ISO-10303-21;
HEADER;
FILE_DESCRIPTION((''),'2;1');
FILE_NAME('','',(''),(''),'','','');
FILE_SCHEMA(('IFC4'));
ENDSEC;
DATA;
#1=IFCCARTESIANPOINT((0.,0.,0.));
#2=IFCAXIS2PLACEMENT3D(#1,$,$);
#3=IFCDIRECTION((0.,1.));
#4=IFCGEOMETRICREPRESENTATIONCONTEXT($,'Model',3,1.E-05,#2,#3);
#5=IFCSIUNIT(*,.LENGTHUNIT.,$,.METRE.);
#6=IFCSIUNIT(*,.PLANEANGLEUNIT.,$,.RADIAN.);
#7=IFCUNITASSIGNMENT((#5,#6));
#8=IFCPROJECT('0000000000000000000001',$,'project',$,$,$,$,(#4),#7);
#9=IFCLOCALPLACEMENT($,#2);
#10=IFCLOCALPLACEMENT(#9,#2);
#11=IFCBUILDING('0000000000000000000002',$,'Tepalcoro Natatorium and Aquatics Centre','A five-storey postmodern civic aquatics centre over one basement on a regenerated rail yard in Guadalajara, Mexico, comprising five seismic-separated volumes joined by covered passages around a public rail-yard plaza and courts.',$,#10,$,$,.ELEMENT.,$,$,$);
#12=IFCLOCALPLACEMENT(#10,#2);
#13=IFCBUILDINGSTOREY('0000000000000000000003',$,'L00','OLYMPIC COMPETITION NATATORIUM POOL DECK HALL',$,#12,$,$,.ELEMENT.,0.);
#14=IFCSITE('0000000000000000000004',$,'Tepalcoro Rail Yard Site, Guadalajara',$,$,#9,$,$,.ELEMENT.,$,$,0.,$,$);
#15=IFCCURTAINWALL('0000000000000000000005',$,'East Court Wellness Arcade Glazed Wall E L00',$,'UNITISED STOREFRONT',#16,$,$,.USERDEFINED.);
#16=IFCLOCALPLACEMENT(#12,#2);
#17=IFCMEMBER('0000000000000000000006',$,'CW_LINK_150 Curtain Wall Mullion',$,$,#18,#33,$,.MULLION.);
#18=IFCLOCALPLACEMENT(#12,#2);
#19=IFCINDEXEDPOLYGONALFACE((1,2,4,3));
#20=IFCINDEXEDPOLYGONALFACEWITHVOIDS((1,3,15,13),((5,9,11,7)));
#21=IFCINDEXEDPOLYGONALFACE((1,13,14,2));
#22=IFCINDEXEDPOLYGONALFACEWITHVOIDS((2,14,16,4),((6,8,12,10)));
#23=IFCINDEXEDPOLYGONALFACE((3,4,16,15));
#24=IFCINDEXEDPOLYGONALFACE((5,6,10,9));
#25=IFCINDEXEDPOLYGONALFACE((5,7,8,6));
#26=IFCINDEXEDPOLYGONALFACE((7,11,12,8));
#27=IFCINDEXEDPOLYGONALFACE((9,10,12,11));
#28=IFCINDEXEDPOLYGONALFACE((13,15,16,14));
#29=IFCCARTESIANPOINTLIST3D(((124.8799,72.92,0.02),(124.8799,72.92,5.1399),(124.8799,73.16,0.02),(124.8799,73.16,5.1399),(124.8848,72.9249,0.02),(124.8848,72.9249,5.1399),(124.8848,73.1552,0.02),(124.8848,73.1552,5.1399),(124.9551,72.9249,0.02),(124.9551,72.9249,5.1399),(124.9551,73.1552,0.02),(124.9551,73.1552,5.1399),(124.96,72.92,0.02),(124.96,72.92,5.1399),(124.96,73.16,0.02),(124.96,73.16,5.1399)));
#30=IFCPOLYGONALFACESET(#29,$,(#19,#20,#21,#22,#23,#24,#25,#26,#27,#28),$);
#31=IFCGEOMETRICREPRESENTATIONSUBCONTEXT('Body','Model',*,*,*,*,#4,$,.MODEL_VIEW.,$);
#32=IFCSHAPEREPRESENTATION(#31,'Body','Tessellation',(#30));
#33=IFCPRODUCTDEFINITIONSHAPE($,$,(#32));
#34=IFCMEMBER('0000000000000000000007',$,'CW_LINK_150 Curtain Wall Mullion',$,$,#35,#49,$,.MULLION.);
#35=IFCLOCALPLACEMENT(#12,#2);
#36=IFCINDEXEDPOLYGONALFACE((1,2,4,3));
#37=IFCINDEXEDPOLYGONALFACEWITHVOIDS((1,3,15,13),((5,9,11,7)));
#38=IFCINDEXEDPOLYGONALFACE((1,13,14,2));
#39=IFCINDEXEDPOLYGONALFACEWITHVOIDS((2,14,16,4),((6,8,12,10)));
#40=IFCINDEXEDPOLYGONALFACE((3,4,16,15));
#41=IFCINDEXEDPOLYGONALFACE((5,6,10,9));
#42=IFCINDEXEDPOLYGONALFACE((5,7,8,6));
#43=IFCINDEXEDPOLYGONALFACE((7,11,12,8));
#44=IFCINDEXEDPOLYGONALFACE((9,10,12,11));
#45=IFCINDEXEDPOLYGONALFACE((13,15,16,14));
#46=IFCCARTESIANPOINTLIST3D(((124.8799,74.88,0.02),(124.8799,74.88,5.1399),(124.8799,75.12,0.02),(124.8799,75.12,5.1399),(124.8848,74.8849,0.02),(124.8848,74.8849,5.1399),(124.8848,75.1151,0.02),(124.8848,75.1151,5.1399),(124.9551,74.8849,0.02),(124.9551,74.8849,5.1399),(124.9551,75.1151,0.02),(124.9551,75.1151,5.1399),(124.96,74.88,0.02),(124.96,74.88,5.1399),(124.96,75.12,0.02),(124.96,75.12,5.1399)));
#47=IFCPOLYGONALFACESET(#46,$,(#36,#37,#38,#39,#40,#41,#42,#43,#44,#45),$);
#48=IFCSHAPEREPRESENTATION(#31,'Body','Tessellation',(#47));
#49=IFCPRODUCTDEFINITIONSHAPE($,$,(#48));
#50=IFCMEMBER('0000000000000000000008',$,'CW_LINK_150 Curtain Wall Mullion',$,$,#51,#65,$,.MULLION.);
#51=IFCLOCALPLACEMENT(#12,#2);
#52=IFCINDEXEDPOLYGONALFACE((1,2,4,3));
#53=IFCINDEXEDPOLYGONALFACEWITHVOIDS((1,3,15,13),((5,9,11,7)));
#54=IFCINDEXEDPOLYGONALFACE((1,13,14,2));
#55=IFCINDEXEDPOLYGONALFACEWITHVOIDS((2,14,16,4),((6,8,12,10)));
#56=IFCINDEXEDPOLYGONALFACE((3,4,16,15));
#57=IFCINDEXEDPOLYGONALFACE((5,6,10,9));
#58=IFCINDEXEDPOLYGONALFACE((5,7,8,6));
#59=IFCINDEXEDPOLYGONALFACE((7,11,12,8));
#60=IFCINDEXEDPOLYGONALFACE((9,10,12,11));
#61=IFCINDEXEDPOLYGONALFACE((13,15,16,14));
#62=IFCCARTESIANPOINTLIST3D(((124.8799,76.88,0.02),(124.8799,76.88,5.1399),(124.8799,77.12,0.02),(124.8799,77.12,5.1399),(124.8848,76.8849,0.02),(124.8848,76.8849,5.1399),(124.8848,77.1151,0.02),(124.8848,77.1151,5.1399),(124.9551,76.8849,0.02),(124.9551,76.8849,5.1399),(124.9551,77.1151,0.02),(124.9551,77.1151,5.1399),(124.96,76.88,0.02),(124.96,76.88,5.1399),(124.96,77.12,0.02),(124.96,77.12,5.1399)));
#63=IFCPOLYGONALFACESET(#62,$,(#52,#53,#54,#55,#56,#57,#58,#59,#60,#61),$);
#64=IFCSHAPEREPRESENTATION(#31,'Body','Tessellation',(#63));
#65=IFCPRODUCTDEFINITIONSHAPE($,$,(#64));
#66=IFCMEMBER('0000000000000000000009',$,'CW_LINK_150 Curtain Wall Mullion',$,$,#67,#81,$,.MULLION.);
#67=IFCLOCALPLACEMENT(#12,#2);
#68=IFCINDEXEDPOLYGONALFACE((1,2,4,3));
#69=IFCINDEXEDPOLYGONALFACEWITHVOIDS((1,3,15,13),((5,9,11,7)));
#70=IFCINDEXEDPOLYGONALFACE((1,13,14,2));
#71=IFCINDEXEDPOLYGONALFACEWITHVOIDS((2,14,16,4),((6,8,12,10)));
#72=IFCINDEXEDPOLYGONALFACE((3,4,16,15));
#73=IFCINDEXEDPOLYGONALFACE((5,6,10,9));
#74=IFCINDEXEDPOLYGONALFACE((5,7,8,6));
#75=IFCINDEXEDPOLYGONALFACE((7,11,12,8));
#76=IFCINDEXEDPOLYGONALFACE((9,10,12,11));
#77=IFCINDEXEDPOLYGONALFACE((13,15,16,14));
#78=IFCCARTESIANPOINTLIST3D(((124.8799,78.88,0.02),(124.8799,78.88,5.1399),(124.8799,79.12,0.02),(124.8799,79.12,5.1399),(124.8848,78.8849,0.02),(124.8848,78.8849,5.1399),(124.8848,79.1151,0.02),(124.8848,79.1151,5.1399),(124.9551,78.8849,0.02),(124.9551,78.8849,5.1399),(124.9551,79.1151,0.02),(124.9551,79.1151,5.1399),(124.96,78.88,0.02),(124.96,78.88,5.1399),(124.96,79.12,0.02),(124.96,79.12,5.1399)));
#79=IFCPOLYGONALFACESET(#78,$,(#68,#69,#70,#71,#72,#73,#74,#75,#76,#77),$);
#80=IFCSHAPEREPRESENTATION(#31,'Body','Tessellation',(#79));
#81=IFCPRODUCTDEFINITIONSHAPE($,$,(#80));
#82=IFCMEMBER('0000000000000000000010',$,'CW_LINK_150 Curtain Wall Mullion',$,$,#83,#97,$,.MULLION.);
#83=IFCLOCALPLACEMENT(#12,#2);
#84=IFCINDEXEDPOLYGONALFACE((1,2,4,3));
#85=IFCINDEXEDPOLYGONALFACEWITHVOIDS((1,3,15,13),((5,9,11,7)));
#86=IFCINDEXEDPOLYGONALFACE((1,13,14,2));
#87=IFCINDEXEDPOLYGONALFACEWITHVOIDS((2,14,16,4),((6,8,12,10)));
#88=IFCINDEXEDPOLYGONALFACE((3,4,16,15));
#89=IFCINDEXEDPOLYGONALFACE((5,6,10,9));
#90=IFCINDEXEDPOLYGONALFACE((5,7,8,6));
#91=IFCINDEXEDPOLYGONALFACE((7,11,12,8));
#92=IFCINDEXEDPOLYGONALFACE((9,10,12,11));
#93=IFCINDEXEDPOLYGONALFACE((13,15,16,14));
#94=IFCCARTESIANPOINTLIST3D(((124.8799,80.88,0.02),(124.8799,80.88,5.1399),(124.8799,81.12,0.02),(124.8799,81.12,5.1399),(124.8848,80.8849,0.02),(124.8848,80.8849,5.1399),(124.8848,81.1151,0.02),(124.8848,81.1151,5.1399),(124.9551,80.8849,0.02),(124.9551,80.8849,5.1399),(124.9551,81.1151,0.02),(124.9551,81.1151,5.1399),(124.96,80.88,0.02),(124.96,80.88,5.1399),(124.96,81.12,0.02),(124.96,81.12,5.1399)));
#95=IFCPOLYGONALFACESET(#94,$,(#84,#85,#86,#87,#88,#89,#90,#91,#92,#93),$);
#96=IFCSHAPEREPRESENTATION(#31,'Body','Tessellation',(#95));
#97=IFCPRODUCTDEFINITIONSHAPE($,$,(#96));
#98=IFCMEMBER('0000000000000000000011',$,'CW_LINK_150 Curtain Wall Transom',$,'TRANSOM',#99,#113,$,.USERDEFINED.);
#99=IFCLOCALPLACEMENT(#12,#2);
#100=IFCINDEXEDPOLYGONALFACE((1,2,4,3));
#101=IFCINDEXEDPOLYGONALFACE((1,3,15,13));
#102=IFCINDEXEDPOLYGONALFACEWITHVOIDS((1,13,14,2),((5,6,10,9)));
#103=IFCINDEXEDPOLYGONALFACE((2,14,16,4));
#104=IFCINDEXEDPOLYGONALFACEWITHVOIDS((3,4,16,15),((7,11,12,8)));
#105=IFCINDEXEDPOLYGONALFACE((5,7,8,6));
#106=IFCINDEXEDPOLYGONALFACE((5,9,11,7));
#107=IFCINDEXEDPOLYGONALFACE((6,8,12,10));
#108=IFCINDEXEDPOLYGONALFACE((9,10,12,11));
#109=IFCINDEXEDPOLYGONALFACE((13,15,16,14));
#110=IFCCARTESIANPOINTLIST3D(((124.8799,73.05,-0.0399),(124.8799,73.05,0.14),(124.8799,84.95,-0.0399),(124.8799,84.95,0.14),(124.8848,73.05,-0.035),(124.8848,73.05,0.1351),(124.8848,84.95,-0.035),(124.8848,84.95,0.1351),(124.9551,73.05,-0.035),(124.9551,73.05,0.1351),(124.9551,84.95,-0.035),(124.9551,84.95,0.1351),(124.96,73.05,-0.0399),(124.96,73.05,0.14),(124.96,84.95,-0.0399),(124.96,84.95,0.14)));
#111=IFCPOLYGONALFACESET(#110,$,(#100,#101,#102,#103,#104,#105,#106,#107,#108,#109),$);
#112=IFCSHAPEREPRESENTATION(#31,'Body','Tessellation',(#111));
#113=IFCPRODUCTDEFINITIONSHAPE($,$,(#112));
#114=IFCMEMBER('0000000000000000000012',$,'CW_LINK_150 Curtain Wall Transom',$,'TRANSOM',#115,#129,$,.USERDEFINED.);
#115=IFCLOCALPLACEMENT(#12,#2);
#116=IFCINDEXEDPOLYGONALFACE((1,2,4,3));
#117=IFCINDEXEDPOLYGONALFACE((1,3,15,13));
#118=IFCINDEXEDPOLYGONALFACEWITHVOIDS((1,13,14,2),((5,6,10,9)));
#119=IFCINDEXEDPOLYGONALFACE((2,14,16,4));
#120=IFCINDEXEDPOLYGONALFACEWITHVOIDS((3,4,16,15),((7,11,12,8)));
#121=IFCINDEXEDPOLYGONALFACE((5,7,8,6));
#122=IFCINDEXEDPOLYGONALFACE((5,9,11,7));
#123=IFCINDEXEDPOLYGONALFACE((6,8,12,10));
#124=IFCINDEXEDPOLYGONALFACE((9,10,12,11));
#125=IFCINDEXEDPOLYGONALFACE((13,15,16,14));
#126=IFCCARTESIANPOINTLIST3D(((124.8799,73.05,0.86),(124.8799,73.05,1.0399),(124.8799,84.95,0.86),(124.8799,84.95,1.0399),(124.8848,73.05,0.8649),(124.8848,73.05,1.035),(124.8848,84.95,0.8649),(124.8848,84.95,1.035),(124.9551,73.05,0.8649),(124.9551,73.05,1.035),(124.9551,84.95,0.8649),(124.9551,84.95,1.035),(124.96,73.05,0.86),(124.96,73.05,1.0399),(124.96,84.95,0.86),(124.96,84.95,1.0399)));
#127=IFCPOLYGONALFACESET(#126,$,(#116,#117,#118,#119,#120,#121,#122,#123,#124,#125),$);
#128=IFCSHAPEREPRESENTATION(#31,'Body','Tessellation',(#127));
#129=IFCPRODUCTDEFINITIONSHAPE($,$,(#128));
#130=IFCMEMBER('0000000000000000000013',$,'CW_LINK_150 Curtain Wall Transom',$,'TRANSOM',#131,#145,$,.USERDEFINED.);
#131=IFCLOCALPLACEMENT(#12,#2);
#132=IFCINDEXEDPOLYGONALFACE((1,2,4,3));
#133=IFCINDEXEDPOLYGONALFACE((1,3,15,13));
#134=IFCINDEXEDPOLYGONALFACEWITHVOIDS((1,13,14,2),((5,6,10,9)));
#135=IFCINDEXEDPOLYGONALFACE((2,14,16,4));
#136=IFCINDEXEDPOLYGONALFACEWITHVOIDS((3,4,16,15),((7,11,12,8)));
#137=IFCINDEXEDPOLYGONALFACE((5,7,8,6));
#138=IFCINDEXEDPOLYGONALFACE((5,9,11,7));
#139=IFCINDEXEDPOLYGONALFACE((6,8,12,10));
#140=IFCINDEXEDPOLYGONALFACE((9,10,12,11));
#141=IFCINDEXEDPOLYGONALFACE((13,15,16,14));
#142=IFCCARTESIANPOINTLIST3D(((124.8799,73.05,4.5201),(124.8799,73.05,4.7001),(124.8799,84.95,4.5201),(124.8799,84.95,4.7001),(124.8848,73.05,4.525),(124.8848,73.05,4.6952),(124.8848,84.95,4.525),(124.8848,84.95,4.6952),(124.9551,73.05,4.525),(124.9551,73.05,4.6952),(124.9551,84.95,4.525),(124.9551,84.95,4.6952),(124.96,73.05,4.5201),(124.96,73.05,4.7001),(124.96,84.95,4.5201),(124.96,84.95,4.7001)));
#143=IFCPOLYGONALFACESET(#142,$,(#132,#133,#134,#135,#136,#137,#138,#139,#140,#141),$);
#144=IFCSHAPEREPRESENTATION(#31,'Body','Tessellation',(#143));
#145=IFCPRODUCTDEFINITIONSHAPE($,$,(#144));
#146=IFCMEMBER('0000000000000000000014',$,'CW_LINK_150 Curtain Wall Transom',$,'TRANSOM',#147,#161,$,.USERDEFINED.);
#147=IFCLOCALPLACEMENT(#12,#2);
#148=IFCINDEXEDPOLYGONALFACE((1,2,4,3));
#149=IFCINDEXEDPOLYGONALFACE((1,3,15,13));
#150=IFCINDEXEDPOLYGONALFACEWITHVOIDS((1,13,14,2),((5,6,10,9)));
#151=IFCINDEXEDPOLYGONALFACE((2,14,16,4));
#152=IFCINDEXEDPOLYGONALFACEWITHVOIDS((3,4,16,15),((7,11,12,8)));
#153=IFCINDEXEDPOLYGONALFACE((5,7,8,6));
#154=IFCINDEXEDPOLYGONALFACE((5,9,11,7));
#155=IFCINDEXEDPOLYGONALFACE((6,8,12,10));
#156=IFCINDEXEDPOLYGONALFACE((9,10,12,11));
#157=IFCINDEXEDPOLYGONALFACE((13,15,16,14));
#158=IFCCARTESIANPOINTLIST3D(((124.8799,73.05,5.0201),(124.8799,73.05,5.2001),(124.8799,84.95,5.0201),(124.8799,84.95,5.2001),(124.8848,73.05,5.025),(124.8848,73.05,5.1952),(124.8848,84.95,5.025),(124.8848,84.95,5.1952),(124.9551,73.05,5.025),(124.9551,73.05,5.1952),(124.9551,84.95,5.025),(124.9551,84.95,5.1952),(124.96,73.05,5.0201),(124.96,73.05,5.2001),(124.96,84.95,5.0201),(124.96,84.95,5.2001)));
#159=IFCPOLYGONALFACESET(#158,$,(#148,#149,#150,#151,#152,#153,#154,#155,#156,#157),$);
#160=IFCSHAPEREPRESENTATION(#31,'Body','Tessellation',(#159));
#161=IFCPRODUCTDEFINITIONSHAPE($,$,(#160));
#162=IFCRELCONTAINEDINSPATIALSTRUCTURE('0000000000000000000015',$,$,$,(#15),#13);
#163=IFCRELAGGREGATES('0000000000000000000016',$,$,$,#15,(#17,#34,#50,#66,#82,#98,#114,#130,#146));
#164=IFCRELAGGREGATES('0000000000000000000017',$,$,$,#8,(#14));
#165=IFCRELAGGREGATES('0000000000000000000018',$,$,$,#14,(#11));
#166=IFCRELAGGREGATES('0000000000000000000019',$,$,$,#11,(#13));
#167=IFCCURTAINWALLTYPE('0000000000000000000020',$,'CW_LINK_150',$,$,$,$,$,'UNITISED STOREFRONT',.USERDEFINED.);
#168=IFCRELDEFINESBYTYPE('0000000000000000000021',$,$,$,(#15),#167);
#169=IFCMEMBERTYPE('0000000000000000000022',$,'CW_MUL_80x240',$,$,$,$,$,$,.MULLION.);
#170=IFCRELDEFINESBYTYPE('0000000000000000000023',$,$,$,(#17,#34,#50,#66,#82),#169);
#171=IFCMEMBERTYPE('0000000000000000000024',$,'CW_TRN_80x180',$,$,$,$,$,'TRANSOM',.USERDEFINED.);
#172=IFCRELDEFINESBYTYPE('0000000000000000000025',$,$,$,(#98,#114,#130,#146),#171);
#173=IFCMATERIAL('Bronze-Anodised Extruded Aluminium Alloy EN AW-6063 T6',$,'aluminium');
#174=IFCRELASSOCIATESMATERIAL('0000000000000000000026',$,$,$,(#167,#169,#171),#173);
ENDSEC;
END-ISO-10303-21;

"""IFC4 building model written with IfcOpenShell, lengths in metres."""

from ifc_helpers import new_model, si_unit, direction, frame, origin, origin_2d, place, context, subcontext, project, spatial, hollow_rectangle, extrude, material, material_profile, profile_set, type_object, element, aggregate, save


model = new_model("IFC4")

# Units and contexts
model_context = context("Model", 3, precision=1e-05, world=origin(), true_north=direction((0.0, 1.0)))
body_context = subcontext(model_context, "Body", "Model", "MODEL_VIEW")
ifc_project = project(units=[si_unit("LENGTHUNIT", "METRE"), si_unit("PLANEANGLEUNIT", "RADIAN")], contexts=[model_context])

# Site, building, storey
site_placement = place(None, origin())
site = spatial("IfcSite", under=ifc_project, at=site_placement, Name="Tepalcoro Rail Yard Site, Guadalajara", CompositionType="ELEMENT", RefElevation=0.0)
building_placement = place(site_placement, origin())
building = spatial("IfcBuilding", under=site, at=building_placement, Name="Tepalcoro Natatorium and Aquatics Centre", Description="A five-storey postmodern civic aquatics centre over one basement on a regenerated rail yard in Guadalajara, Mexico, comprising five seismic-separated volumes joined by covered passages around a public rail-yard plaza and courts.", CompositionType="ELEMENT")
storey_placement = place(building_placement, origin())
storey = spatial("IfcBuildingStorey", under=building, at=storey_placement, Name="L00", Description="OLYMPIC COMPETITION NATATORIUM POOL DECK HALL", CompositionType="ELEMENT", Elevation=0.0)

# Curtain wall, members
ifc_material_1 = material(Name="Bronze-Anodised Extruded Aluminium Alloy EN AW-6063 T6", Category="aluminium")
curtain_wall_type = type_object("IfcCurtainWallType", Name="CW_LINK_150", ElementType="UNITISED STOREFRONT", PredefinedType="USERDEFINED", material=ifc_material_1)
curtain_wall_placement = place(storey_placement, origin())
curtain_wall = element("IfcCurtainWall", 1, at=curtain_wall_placement, inside=storey, type_object=curtain_wall_type, Name="East Court Wellness Arcade Glazed Wall E L00", ObjectType="UNITISED STOREFRONT", PredefinedType="USERDEFINED")
ifc_material_profile_1 = material_profile(ifc_material_1, hollow_rectangle(XDim=0.0801, YDim=0.24, WallThickness=0.0049, at=origin_2d()), Name="AL80X240X5")
ifc_profile_set_1 = profile_set([ifc_material_profile_1], Name="Bronze-Anodised Extruded Aluminium Alloy EN AW-6063 T6")
member_type_1 = type_object("IfcMemberType", Name="CW_MUL_80x240", PredefinedType="MULLION", material=ifc_profile_set_1)
member_1_placement = place(storey_placement, frame((124.9199, 73.04, 0.02), z_axis=(0.0, 0.0, 1.0), x_axis=(1.0, 0.0, 0.0)))
member_1 = element("IfcMember", 2, at=member_1_placement, type_object=member_type_1, Name="CW_LINK_150 Curtain Wall Mullion", PredefinedType="MULLION", context=body_context, shape_type="SweptSolid", body=[
    extrude(hollow_rectangle(XDim=0.0801, YDim=0.24, WallThickness=0.0049, at=origin_2d()), origin(), (0.0, 0.0, 1.0), 5.1199),
])
member_2_placement = place(storey_placement, frame((124.9199, 75.0, 0.02), z_axis=(0.0, 0.0, 1.0), x_axis=(1.0, 0.0, 0.0)))
member_2 = element("IfcMember", 3, at=member_2_placement, type_object=member_type_1, Name="CW_LINK_150 Curtain Wall Mullion", PredefinedType="MULLION", context=body_context, shape_type="SweptSolid", body=[
    extrude(hollow_rectangle(XDim=0.0801, YDim=0.24, WallThickness=0.0049, at=origin_2d()), origin(), (0.0, 0.0, 1.0), 5.1199),
])
member_3_placement = place(storey_placement, frame((124.9199, 77.0, 0.02), z_axis=(0.0, 0.0, 1.0), x_axis=(1.0, 0.0, 0.0)))
member_3 = element("IfcMember", 4, at=member_3_placement, type_object=member_type_1, Name="CW_LINK_150 Curtain Wall Mullion", PredefinedType="MULLION", context=body_context, shape_type="SweptSolid", body=[
    extrude(hollow_rectangle(XDim=0.0801, YDim=0.24, WallThickness=0.0049, at=origin_2d()), origin(), (0.0, 0.0, 1.0), 5.1199),
])
member_4_placement = place(storey_placement, frame((124.9199, 79.0, 0.02), z_axis=(0.0, 0.0, 1.0), x_axis=(1.0, 0.0, 0.0)))
member_4 = element("IfcMember", 5, at=member_4_placement, type_object=member_type_1, Name="CW_LINK_150 Curtain Wall Mullion", PredefinedType="MULLION", context=body_context, shape_type="SweptSolid", body=[
    extrude(hollow_rectangle(XDim=0.0801, YDim=0.24, WallThickness=0.0049, at=origin_2d()), origin(), (0.0, 0.0, 1.0), 5.1199),
])
member_5_placement = place(storey_placement, frame((124.9199, 81.0, 0.02), z_axis=(0.0, 0.0, 1.0), x_axis=(1.0, 0.0, 0.0)))
member_5 = element("IfcMember", 6, at=member_5_placement, type_object=member_type_1, Name="CW_LINK_150 Curtain Wall Mullion", PredefinedType="MULLION", context=body_context, shape_type="SweptSolid", body=[
    extrude(hollow_rectangle(XDim=0.0801, YDim=0.24, WallThickness=0.0049, at=origin_2d()), origin(), (0.0, 0.0, 1.0), 5.1199),
])
ifc_material_profile_2 = material_profile(ifc_material_1, hollow_rectangle(XDim=0.0801, YDim=0.1799, WallThickness=0.0049, at=origin_2d()), Name="AL80X180X5")
ifc_profile_set_2 = profile_set([ifc_material_profile_2], Name="Bronze-Anodised Extruded Aluminium Alloy EN AW-6063 T6")
member_type_2 = type_object("IfcMemberType", Name="CW_TRN_80x180", ElementType="TRANSOM", PredefinedType="USERDEFINED", material=ifc_profile_set_2)
member_6_placement = place(storey_placement, frame((124.9199, 73.05, 0.05), z_axis=(0.0, 1.0, 0.0), x_axis=(-1.0, 0.0, 0.0)))
member_6 = element("IfcMember", 7, at=member_6_placement, type_object=member_type_2, Name="CW_LINK_150 Curtain Wall Transom", ObjectType="TRANSOM", PredefinedType="USERDEFINED", context=body_context, shape_type="SweptSolid", body=[
    extrude(hollow_rectangle(XDim=0.0801, YDim=0.1799, WallThickness=0.0049, at=origin_2d()), origin(), (0.0, 0.0, 1.0), 11.8999),
])
member_7_placement = place(storey_placement, frame((124.9199, 73.05, 0.95), z_axis=(0.0, 1.0, 0.0), x_axis=(-1.0, 0.0, 0.0)))
member_7 = element("IfcMember", 8, at=member_7_placement, type_object=member_type_2, Name="CW_LINK_150 Curtain Wall Transom", ObjectType="TRANSOM", PredefinedType="USERDEFINED", context=body_context, shape_type="SweptSolid", body=[
    extrude(hollow_rectangle(XDim=0.0801, YDim=0.1799, WallThickness=0.0049, at=origin_2d()), origin(), (0.0, 0.0, 1.0), 11.8999),
])
member_8_placement = place(storey_placement, frame((124.9199, 73.05, 4.6101), z_axis=(0.0, 1.0, 0.0), x_axis=(-1.0, 0.0, 0.0)))
member_8 = element("IfcMember", 9, at=member_8_placement, type_object=member_type_2, Name="CW_LINK_150 Curtain Wall Transom", ObjectType="TRANSOM", PredefinedType="USERDEFINED", context=body_context, shape_type="SweptSolid", body=[
    extrude(hollow_rectangle(XDim=0.0801, YDim=0.1799, WallThickness=0.0049, at=origin_2d()), origin(), (0.0, 0.0, 1.0), 11.8999),
])
member_9_placement = place(storey_placement, frame((124.9199, 73.05, 5.1101), z_axis=(0.0, 1.0, 0.0), x_axis=(-1.0, 0.0, 0.0)))
member_9 = element("IfcMember", 10, at=member_9_placement, type_object=member_type_2, Name="CW_LINK_150 Curtain Wall Transom", ObjectType="TRANSOM", PredefinedType="USERDEFINED", context=body_context, shape_type="SweptSolid", body=[
    extrude(hollow_rectangle(XDim=0.0801, YDim=0.1799, WallThickness=0.0049, at=origin_2d()), origin(), (0.0, 0.0, 1.0), 11.8999),
])

aggregate(curtain_wall, [member_1, member_2, member_3, member_4, member_5, member_6, member_7, member_8, member_9])

save(model, "model.ifc")
